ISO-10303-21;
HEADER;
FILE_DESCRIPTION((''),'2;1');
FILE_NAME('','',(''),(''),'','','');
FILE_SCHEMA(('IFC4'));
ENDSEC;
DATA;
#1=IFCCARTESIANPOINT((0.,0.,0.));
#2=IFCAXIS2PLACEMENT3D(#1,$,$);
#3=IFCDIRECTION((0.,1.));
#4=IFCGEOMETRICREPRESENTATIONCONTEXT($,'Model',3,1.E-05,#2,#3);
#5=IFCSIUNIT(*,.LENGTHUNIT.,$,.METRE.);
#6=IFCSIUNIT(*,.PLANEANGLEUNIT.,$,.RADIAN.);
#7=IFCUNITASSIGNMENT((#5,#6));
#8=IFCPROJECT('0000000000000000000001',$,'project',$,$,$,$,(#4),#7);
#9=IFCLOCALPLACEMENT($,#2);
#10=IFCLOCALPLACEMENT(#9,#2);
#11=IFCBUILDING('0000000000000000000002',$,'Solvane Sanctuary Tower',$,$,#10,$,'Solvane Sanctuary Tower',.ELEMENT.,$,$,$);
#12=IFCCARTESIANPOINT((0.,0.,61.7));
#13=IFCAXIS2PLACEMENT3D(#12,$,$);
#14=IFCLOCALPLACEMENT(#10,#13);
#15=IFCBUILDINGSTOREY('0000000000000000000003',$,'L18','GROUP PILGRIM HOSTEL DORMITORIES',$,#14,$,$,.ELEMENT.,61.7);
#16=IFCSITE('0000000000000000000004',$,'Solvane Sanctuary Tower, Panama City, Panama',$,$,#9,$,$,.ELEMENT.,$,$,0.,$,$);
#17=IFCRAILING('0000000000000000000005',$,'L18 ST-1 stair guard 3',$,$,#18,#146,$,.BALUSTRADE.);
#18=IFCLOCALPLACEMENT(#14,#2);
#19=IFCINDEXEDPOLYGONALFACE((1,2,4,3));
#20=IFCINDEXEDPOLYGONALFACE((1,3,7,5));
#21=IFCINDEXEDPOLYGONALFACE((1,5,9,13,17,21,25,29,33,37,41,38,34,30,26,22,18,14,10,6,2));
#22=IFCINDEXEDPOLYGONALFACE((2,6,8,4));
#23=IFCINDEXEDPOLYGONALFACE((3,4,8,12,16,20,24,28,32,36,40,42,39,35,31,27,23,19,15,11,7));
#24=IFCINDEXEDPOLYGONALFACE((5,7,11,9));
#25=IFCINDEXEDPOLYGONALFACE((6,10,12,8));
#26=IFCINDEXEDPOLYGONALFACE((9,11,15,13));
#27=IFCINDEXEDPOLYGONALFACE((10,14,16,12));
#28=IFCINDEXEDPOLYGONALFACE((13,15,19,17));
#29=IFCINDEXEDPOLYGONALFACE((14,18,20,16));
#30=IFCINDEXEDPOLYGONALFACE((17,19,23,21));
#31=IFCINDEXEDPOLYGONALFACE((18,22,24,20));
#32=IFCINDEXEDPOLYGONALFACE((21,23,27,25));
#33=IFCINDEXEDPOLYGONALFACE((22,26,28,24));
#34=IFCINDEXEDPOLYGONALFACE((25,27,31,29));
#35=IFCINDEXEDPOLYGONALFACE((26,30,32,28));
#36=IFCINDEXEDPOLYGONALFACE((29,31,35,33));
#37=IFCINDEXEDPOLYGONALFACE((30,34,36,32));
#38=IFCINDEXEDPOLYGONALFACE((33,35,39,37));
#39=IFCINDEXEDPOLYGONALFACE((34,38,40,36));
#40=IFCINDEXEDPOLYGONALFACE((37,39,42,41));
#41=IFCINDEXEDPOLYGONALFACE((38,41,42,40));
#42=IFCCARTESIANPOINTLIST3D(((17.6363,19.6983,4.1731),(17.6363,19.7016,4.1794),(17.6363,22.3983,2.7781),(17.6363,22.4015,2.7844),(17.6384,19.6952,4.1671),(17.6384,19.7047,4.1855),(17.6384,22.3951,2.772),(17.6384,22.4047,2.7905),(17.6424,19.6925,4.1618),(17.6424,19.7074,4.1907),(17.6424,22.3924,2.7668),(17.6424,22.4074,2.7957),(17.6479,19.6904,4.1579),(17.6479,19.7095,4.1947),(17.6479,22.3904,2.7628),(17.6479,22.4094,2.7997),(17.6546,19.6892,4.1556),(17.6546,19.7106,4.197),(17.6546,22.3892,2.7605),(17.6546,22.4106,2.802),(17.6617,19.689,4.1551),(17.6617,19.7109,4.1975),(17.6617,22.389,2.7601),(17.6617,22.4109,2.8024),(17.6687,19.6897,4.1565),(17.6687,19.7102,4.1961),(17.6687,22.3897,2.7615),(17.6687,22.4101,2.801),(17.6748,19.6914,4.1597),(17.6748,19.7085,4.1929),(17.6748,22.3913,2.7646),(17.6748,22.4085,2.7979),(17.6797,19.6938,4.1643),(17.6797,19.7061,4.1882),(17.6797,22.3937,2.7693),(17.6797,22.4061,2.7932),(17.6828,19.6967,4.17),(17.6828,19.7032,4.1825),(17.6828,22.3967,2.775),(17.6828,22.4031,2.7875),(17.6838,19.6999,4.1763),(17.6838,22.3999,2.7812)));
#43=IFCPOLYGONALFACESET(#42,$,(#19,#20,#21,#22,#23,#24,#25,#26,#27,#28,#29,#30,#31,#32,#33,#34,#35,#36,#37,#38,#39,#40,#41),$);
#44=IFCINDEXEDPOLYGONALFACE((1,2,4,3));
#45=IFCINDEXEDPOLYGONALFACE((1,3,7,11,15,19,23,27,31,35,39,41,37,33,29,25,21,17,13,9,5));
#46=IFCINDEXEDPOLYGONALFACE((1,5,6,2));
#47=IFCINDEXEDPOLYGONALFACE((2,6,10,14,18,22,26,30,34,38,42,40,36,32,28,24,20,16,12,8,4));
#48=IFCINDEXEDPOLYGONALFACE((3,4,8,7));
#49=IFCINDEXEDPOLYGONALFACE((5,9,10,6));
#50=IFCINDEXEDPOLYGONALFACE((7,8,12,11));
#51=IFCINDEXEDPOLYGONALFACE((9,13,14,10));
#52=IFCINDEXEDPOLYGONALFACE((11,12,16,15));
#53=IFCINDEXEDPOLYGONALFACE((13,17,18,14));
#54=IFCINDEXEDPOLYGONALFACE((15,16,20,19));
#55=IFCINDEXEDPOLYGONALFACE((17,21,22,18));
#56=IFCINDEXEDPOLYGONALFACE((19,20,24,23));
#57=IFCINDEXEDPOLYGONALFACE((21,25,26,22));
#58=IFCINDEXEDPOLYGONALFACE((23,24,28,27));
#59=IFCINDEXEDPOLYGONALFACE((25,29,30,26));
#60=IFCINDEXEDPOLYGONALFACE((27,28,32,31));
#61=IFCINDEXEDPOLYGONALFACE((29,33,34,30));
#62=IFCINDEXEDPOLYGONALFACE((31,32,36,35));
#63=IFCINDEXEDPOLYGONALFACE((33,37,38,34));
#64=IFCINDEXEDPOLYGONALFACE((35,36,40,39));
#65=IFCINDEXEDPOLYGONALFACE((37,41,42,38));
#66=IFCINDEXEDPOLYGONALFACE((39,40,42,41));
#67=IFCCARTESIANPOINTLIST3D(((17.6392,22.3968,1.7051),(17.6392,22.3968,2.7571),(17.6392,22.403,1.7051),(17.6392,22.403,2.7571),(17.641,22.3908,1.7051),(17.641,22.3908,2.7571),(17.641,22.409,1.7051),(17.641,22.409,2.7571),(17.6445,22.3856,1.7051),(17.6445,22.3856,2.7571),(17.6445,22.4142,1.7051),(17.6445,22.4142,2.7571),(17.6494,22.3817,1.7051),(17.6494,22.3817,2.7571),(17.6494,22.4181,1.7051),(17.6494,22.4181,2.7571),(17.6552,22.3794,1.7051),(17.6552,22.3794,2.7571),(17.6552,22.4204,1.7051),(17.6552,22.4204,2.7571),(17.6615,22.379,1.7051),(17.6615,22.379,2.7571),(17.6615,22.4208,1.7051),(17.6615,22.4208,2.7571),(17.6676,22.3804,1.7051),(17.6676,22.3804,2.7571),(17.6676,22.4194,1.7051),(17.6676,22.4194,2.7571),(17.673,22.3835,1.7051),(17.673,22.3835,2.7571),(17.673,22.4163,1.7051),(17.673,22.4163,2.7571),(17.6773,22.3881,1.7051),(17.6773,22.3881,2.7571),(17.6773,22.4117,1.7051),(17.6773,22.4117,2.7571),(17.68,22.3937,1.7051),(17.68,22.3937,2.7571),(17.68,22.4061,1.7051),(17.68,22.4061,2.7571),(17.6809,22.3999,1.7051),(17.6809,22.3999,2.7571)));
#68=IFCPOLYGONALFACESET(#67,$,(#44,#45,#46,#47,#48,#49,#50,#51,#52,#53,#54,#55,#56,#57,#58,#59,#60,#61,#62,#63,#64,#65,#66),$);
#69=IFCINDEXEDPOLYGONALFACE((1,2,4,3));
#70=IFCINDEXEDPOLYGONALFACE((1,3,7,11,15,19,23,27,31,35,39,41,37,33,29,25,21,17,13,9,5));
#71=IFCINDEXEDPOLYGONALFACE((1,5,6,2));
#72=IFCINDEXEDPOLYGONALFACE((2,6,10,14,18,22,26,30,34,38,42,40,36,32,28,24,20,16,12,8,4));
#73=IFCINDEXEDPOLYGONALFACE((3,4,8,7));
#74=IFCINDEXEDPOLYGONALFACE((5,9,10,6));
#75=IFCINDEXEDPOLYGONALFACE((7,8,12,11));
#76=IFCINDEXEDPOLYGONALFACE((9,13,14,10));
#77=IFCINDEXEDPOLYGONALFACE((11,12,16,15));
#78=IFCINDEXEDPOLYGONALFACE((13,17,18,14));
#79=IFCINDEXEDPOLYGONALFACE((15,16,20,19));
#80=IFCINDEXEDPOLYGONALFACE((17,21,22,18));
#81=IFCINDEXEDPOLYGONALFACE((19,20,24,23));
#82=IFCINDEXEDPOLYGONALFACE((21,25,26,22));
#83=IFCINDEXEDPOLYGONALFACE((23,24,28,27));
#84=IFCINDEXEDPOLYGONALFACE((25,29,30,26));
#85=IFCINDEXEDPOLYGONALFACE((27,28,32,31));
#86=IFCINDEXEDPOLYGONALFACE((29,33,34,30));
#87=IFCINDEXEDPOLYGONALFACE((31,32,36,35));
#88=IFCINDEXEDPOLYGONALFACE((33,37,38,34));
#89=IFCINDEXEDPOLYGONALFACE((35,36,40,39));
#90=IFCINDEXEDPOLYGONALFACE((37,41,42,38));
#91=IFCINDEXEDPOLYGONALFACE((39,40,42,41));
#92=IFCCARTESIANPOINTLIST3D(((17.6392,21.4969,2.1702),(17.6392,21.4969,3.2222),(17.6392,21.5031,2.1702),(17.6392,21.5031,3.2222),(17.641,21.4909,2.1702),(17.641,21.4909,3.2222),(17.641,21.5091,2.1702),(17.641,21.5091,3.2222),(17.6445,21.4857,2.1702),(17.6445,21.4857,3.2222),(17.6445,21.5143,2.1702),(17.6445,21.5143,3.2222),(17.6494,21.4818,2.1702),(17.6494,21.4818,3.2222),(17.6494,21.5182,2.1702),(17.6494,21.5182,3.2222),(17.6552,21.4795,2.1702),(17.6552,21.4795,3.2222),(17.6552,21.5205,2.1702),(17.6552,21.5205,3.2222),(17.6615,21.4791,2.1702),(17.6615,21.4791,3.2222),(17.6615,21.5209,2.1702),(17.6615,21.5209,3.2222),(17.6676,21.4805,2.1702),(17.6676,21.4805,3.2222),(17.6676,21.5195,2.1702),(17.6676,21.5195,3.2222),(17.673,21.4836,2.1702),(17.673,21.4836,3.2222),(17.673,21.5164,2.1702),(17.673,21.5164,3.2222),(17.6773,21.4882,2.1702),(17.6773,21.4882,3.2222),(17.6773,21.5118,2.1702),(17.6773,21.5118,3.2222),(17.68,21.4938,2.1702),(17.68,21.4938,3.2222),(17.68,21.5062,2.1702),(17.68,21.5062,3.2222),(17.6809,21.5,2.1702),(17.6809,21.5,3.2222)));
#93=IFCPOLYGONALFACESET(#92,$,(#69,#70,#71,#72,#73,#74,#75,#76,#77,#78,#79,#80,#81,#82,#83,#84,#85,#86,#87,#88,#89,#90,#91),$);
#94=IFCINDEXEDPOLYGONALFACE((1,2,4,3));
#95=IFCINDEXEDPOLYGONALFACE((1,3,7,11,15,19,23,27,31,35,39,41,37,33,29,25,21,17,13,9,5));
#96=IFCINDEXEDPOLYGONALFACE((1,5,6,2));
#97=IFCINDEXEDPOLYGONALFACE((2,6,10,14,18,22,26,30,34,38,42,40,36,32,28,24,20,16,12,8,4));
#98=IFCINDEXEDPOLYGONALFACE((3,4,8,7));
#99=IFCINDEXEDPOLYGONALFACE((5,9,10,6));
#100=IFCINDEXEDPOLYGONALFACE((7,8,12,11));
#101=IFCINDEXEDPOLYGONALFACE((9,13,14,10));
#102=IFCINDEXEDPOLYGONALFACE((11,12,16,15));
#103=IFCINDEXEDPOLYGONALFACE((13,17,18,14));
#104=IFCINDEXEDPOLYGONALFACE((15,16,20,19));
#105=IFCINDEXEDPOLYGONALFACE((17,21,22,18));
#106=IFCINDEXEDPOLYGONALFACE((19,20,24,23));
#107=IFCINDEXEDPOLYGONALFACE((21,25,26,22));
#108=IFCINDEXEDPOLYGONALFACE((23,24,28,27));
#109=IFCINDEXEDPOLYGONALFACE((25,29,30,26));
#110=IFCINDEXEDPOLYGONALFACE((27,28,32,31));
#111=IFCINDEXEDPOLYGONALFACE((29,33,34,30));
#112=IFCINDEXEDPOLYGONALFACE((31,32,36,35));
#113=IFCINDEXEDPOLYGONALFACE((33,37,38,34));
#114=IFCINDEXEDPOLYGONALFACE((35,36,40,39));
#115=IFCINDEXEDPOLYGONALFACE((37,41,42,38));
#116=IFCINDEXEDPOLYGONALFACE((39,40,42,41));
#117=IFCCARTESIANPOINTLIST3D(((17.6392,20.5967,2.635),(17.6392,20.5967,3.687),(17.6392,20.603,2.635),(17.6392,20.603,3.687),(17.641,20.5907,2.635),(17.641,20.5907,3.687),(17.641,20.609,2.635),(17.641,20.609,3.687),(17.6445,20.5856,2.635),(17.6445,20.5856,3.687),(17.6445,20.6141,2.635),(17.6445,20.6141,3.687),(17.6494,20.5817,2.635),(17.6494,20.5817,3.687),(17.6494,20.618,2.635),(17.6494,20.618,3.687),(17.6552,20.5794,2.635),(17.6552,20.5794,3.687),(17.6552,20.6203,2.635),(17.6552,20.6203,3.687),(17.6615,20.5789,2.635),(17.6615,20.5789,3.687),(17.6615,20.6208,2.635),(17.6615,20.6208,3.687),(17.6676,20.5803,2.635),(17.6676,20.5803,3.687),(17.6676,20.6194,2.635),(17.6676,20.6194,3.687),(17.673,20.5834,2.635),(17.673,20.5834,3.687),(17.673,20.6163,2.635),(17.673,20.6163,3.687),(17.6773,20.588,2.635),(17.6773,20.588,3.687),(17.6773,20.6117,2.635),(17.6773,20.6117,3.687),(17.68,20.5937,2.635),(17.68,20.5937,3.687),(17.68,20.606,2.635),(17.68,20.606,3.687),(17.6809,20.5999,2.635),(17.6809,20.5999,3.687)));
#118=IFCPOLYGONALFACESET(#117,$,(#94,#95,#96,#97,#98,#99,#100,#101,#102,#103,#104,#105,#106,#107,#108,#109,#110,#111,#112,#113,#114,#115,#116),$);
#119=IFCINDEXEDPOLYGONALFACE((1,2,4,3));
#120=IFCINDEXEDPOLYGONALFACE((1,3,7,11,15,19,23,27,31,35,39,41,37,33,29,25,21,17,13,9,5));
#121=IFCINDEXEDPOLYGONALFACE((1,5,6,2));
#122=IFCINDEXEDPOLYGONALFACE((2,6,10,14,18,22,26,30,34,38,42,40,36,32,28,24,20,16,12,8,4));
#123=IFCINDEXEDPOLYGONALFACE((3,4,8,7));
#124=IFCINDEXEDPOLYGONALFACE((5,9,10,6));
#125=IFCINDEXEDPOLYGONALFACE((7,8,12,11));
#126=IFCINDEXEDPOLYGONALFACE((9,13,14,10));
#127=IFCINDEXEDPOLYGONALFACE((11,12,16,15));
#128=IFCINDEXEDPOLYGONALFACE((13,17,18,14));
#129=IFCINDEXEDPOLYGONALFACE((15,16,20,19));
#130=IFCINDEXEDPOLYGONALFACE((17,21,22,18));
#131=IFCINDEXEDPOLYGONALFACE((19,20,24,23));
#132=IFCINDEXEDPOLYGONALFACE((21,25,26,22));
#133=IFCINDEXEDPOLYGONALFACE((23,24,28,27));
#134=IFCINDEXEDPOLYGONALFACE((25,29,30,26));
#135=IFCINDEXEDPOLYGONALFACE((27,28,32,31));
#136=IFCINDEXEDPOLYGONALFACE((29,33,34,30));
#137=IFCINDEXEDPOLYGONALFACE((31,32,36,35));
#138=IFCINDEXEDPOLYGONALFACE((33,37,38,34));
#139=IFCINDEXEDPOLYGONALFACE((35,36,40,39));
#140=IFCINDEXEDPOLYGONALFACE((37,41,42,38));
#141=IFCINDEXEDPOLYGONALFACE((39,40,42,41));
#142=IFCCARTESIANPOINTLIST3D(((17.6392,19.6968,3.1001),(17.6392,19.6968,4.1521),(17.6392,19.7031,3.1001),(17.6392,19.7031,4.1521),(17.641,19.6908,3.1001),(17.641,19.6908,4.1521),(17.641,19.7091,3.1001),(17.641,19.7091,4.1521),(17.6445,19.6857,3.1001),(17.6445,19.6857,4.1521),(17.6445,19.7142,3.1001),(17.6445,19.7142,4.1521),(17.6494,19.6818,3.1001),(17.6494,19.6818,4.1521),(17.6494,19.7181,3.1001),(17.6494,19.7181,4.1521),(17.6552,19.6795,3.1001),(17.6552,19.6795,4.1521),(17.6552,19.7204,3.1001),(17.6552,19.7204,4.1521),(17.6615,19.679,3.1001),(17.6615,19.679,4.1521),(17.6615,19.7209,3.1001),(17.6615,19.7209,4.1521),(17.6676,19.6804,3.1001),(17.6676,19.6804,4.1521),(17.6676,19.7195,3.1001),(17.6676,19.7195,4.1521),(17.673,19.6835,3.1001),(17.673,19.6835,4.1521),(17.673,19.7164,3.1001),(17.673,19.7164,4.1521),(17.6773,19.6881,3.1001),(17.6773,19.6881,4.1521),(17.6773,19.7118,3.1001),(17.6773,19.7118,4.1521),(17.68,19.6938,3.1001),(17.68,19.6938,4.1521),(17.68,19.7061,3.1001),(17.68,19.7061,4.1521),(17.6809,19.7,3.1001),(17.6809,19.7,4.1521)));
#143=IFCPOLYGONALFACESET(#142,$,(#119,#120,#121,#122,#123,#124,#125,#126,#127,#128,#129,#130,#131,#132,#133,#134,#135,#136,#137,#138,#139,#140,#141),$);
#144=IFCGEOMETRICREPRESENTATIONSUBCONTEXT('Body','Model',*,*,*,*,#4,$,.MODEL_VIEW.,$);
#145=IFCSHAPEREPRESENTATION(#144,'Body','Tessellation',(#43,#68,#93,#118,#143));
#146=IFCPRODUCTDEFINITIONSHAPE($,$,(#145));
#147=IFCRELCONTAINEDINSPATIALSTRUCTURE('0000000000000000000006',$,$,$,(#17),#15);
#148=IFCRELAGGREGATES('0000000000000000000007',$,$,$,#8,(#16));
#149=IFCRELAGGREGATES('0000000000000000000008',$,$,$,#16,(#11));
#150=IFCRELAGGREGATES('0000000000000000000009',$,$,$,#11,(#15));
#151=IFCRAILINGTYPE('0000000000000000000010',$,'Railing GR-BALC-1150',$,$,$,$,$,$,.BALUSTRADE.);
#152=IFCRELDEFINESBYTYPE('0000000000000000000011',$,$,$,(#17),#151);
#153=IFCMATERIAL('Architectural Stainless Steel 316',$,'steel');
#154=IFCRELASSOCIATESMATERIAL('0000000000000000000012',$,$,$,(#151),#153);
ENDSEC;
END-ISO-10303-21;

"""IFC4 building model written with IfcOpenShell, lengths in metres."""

from ifc_helpers import new_model, si_unit, direction, frame, origin, origin_2d, place, context, subcontext, project, spatial, circle, extrude, material, type_object, element, save


model = new_model("IFC4")

# Units and contexts
model_context = context("Model", 3, precision=1e-05, world=origin(), true_north=direction((0.0, 1.0)))
body_context = subcontext(model_context, "Body", "Model", "MODEL_VIEW")
ifc_project = project(units=[si_unit("LENGTHUNIT", "METRE"), si_unit("PLANEANGLEUNIT", "RADIAN")], contexts=[model_context])

# Site, building, storey
site_placement = place(None, origin())
site = spatial("IfcSite", under=ifc_project, at=site_placement, Name="Solvane Sanctuary Tower, Panama City, Panama", CompositionType="ELEMENT", RefElevation=0.0)
building_placement = place(site_placement, origin())
building = spatial("IfcBuilding", under=site, at=building_placement, Name="Solvane Sanctuary Tower", LongName="Solvane Sanctuary Tower", CompositionType="ELEMENT")
storey_placement = place(building_placement, frame((0.0, 0.0, 61.7)))
storey = spatial("IfcBuildingStorey", under=building, at=storey_placement, Name="L18", Description="GROUP PILGRIM HOSTEL DORMITORIES", CompositionType="ELEMENT", Elevation=61.7)

# Shared definitions
ifc_material_1 = material(Name="Architectural Stainless Steel 316", Category="steel")

# Railing
railing_type_1 = type_object("IfcRailingType", Name="Railing GR-BALC-1150", PredefinedType="BALUSTRADE", material=ifc_material_1)
railing_1_placement = place(storey_placement, frame((17.6599, 22.3999, 1.7051)))
element("IfcRailing", 1, at=railing_1_placement, inside=storey, type_object=railing_type_1, Name="L18 ST-1 stair guard 3", PredefinedType="BALUSTRADE", context=body_context, shape_type="SweptSolid", body=[
    extrude(circle(Radius=0.0239, at=origin_2d()), frame((0.0, 0.0, 1.0762), z_axis=(0.0, -0.88842, 0.459032), x_axis=(1.0, 0.0, 0.0)), (0.0, 0.0, 1.0), 3.0391),
    extrude(circle(Radius=0.021, at=origin_2d()), origin(), (0.0, 0.0, 1.0), 1.052),
    extrude(circle(Radius=0.021, at=origin_2d()), frame((0.0, -0.8999, 0.4651)), (0.0, 0.0, 1.0), 1.052),
    extrude(circle(Radius=0.021, at=origin_2d()), frame((0.0, -1.8, 0.9299)), (0.0, 0.0, 1.0), 1.052),
    extrude(circle(Radius=0.021, at=origin_2d()), frame((0.0, -2.7, 1.395)), (0.0, 0.0, 1.0), 1.052),
])

save(model, "model.ifc")
